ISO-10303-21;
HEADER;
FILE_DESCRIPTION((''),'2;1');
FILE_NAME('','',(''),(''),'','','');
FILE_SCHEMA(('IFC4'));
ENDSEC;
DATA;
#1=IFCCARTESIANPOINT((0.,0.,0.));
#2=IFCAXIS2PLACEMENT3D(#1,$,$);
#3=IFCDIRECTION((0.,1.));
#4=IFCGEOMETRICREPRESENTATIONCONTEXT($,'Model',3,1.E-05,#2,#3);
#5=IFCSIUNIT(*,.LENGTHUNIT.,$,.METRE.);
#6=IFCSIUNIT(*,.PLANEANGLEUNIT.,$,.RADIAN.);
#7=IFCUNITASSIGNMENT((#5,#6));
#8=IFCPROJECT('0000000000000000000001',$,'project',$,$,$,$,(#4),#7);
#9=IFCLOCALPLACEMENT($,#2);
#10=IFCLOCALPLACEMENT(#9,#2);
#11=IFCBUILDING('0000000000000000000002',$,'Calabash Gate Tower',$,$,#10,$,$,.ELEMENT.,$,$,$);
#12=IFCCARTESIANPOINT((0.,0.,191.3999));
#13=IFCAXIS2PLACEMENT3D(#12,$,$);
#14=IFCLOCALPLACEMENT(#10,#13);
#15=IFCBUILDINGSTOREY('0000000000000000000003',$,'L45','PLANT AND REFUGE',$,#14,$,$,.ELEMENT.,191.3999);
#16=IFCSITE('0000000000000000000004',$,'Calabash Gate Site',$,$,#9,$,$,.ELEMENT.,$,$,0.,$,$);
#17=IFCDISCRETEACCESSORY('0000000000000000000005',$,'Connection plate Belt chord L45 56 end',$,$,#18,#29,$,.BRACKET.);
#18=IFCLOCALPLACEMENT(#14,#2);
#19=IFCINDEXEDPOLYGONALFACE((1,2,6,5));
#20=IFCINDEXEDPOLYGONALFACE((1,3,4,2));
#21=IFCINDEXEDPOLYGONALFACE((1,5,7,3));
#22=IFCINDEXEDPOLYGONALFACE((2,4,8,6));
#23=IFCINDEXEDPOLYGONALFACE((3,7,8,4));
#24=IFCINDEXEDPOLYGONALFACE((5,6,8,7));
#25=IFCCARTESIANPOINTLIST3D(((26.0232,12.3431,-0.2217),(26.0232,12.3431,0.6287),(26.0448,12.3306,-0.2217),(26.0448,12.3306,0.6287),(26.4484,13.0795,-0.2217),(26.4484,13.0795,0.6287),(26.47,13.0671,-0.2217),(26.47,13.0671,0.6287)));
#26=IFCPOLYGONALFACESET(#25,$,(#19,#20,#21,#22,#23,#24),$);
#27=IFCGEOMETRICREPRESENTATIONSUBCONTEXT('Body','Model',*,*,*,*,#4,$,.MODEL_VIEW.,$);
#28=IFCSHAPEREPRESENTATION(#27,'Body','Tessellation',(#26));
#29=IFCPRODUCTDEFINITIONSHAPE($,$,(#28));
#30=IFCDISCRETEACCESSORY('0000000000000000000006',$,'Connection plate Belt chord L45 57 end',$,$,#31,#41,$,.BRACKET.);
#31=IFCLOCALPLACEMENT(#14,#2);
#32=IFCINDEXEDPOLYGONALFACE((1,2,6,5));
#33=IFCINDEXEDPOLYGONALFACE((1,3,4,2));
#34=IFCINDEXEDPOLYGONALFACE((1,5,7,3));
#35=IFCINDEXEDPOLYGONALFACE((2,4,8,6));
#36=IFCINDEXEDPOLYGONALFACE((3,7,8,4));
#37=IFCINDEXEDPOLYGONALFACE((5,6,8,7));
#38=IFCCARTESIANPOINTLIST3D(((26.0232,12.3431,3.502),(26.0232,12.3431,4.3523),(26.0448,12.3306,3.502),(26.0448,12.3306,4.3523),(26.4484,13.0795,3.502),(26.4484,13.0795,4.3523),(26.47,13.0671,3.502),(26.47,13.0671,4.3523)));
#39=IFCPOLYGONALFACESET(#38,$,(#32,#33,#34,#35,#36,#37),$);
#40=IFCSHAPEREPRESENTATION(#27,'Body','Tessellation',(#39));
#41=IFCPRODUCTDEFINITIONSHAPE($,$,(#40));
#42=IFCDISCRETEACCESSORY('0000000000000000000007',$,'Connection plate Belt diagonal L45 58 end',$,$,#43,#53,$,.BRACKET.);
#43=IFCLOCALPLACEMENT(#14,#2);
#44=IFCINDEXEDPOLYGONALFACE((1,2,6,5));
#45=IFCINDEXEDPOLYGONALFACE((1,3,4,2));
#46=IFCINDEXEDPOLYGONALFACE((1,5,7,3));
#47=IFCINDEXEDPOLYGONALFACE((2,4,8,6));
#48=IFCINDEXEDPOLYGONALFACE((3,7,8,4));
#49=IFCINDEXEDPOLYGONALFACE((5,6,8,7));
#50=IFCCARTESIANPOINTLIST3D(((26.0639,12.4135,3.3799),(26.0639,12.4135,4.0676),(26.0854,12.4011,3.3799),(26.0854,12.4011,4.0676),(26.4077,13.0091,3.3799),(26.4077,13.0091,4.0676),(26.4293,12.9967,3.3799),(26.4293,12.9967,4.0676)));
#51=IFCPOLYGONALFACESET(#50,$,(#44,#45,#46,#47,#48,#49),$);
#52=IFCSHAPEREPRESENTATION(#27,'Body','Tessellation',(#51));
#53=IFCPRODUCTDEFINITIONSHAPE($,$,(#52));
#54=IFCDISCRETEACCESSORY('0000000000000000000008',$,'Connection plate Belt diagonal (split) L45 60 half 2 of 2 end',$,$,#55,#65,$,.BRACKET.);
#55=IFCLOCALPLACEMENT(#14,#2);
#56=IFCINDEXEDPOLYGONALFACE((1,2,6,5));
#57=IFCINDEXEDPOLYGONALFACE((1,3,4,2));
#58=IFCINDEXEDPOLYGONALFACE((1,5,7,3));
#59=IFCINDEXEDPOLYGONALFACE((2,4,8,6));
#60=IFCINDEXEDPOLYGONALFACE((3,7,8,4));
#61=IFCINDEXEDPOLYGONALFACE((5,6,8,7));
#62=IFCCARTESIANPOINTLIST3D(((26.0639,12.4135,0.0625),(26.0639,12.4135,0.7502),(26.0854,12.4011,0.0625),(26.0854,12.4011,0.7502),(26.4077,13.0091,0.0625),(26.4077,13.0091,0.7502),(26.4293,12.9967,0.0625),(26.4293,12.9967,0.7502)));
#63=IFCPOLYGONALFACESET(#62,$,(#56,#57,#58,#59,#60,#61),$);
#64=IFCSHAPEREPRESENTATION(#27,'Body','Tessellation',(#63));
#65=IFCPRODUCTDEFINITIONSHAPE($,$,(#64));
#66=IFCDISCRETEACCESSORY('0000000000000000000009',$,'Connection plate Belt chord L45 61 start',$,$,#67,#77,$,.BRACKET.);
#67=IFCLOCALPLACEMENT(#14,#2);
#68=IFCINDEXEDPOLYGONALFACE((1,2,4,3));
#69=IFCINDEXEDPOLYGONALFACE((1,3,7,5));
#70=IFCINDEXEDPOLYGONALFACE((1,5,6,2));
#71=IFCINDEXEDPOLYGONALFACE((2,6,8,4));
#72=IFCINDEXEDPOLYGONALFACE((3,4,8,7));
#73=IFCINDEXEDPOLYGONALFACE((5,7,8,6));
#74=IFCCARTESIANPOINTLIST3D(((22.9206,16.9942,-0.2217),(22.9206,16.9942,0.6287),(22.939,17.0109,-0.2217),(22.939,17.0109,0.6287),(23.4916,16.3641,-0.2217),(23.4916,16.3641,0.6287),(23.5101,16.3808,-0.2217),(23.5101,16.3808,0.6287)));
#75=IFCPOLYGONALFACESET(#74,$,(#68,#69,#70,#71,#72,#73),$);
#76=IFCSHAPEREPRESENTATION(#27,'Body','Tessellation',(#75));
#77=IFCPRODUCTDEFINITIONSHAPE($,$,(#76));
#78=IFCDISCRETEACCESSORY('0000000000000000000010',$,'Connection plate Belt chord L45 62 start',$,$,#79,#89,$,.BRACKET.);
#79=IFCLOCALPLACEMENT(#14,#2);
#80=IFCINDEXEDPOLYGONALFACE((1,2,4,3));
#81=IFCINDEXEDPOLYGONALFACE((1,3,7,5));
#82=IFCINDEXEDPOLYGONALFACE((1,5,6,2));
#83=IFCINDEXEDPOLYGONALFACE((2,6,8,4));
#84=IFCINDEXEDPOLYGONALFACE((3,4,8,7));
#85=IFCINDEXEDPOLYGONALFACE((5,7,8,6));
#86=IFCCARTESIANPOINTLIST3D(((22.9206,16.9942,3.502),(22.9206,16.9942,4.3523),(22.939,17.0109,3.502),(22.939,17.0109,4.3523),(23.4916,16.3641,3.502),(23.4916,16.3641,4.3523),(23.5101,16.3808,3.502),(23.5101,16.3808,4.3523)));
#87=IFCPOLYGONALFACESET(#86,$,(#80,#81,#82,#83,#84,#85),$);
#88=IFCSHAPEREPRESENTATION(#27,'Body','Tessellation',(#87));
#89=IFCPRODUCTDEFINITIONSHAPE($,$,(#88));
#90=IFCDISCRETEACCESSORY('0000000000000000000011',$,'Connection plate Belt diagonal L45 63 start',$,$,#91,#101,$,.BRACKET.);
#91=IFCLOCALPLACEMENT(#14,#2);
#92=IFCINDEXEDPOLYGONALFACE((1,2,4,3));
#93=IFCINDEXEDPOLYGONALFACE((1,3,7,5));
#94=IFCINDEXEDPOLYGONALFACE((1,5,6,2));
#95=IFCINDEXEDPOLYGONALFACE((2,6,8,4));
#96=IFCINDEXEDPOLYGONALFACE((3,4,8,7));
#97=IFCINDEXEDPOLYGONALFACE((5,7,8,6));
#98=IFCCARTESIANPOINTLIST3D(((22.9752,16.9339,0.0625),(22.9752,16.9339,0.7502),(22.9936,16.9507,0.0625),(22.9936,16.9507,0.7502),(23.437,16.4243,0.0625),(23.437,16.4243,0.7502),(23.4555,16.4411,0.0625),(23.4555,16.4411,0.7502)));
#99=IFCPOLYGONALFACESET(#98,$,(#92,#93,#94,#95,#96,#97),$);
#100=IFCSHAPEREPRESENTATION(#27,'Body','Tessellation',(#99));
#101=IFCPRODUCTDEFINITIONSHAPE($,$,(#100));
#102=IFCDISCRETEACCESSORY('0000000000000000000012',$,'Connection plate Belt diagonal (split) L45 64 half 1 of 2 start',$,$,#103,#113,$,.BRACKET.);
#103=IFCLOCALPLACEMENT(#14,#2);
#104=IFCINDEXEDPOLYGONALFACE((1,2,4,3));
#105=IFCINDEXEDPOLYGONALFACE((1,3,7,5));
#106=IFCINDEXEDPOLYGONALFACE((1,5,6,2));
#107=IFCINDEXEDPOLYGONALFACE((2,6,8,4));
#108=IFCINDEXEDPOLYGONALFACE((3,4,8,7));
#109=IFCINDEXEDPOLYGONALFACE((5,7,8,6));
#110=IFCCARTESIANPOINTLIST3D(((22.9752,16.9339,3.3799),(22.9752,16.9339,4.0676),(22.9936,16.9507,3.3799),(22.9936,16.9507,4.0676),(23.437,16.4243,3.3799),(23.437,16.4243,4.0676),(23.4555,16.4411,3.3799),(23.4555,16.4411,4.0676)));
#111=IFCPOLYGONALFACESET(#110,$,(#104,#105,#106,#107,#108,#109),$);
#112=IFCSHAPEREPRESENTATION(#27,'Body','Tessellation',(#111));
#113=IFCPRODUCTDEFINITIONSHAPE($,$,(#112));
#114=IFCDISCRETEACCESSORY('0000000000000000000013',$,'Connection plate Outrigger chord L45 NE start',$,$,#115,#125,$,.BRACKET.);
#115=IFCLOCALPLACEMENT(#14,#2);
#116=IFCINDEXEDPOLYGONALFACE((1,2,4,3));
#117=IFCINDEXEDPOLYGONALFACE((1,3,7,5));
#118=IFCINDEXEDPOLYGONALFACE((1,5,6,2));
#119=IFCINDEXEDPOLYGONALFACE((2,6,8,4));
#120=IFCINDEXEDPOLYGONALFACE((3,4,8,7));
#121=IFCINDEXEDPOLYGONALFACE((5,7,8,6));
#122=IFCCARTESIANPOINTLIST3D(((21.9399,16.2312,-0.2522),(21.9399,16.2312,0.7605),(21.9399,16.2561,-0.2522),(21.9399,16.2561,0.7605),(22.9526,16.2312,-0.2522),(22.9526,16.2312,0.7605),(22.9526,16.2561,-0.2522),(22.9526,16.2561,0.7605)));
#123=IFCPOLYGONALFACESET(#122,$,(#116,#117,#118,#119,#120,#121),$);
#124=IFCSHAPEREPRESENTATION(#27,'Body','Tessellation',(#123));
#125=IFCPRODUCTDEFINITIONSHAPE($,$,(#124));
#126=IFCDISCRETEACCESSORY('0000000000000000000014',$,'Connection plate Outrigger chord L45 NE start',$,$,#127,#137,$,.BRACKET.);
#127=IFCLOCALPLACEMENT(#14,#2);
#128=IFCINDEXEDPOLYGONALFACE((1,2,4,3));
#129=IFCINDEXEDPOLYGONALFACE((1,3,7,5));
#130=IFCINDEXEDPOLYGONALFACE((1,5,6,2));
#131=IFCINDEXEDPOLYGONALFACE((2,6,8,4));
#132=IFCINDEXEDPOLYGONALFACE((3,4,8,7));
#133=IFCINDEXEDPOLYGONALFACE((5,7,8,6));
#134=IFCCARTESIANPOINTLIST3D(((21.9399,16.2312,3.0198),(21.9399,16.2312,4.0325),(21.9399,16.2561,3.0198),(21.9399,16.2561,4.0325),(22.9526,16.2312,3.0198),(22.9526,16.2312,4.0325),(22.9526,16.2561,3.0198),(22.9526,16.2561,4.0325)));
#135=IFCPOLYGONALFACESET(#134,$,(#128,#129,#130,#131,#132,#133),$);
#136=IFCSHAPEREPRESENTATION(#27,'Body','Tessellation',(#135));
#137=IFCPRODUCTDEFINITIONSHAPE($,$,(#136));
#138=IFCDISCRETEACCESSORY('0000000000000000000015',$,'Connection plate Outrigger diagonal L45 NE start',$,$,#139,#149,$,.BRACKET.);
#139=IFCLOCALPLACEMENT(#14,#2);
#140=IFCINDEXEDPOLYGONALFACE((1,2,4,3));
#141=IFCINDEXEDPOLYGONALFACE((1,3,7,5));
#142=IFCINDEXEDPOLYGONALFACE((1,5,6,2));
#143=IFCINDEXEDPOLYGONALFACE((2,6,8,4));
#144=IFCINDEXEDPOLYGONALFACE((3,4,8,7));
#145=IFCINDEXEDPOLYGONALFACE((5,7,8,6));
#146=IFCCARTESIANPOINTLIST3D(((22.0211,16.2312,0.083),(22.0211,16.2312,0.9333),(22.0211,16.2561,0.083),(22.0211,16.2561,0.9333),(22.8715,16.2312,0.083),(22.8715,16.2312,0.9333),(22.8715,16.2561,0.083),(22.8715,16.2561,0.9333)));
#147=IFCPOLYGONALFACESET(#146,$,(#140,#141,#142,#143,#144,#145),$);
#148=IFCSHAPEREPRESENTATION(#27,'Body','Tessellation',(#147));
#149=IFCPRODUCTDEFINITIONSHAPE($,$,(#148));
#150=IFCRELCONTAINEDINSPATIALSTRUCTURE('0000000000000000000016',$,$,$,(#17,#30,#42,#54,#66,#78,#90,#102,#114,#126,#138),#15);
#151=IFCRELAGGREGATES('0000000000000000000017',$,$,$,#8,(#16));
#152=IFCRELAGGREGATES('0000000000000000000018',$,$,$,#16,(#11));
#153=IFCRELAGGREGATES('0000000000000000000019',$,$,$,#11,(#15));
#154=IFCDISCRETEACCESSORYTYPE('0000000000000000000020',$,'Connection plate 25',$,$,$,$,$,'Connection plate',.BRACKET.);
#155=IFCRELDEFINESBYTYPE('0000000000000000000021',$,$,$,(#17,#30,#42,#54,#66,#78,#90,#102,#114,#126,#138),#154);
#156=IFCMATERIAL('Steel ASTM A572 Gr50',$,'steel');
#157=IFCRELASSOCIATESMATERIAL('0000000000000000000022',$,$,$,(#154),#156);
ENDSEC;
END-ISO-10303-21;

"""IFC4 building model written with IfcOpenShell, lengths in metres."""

from ifc_helpers import new_model, si_unit, direction, frame, origin, origin_2d, place, context, subcontext, project, spatial, rectangle, extrude, material, type_object, element, save


model = new_model("IFC4")

# Units and contexts
model_context = context("Model", 3, precision=1e-05, world=origin(), true_north=direction((0.0, 1.0)))
body_context = subcontext(model_context, "Body", "Model", "MODEL_VIEW")
ifc_project = project(units=[si_unit("LENGTHUNIT", "METRE"), si_unit("PLANEANGLEUNIT", "RADIAN")], contexts=[model_context])

# Site, building, storey
site_placement = place(None, origin())
site = spatial("IfcSite", under=ifc_project, at=site_placement, Name="Calabash Gate Site", CompositionType="ELEMENT", RefElevation=0.0)
building_placement = place(site_placement, origin())
building = spatial("IfcBuilding", under=site, at=building_placement, Name="Calabash Gate Tower", CompositionType="ELEMENT")
storey_placement = place(building_placement, frame((0.0, 0.0, 191.3999)))
storey = spatial("IfcBuildingStorey", under=building, at=storey_placement, Name="L45", Description="PLANT AND REFUGE", CompositionType="ELEMENT", Elevation=191.3999)

# Discrete accessories
ifc_material_1 = material(Name="Steel ASTM A572 Gr50", Category="steel")
discrete_accessory_type = type_object("IfcDiscreteAccessoryType", Name="Connection plate 25", ElementType="Connection plate", PredefinedType="BRACKET", material=ifc_material_1)
for number, where, z_axis, x_axis, name in (
    (1, (26.2466, 12.7051, -0.2217), (0.0, 0.0, 1.0), (0.5, 0.866025, 0.0), "Connection plate Belt chord L45 56 end"),
    (2, (26.2466, 12.7051, 3.502), (0.0, 0.0, 1.0), (0.5, 0.866025, 0.0), "Connection plate Belt chord L45 57 end"),
):
    element("IfcDiscreteAccessory", number, at=place(storey_placement, frame(where, z_axis=z_axis, x_axis=x_axis)), inside=storey, type_object=discrete_accessory_type, Name=name, PredefinedType="BRACKET", context=body_context, shape_type="SweptSolid", body=[
        extrude(rectangle(XDim=0.8503, YDim=0.0249, at=origin_2d()), origin(), (0.0, 0.0, 1.0), 0.8503),
    ])
for number, where, z_axis, x_axis, name in (
    (3, (26.2466, 12.7051, 3.3799), (0.0, 0.0, 1.0), (0.5, 0.866025, 0.0), "Connection plate Belt diagonal L45 58 end"),
    (4, (26.2466, 12.7051, 0.0625), (0.0, 0.0, 1.0), (0.5, 0.866025, 0.0), "Connection plate Belt diagonal (split) L45 60 half 2 of 2 end"),
):
    element("IfcDiscreteAccessory", number, at=place(storey_placement, frame(where, z_axis=z_axis, x_axis=x_axis)), inside=storey, type_object=discrete_accessory_type, Name=name, PredefinedType="BRACKET", context=body_context, shape_type="SweptSolid", body=[
        extrude(rectangle(XDim=0.6877, YDim=0.0249, at=origin_2d()), origin(), (0.0, 0.0, 1.0), 0.6877),
    ])
for number, where, z_axis, x_axis, name in (
    (5, (23.2153, 16.6875, -0.2217), (0.0, 0.0, 1.0), (-0.671554, 0.740956, 0.0), "Connection plate Belt chord L45 61 start"),
    (6, (23.2153, 16.6875, 3.502), (0.0, 0.0, 1.0), (-0.671554, 0.740956, 0.0), "Connection plate Belt chord L45 62 start"),
):
    element("IfcDiscreteAccessory", number, at=place(storey_placement, frame(where, z_axis=z_axis, x_axis=x_axis)), inside=storey, type_object=discrete_accessory_type, Name=name, PredefinedType="BRACKET", context=body_context, shape_type="SweptSolid", body=[
        extrude(rectangle(XDim=0.8503, YDim=0.0249, at=origin_2d()), origin(), (0.0, 0.0, 1.0), 0.8503),
    ])
for number, where, z_axis, x_axis, name in (
    (7, (23.2153, 16.6875, 0.0625), (0.0, 0.0, 1.0), (-0.671554, 0.740956, 0.0), "Connection plate Belt diagonal L45 63 start"),
    (8, (23.2153, 16.6875, 3.3799), (0.0, 0.0, 1.0), (-0.671554, 0.740956, 0.0), "Connection plate Belt diagonal (split) L45 64 half 1 of 2 start"),
):
    element("IfcDiscreteAccessory", number, at=place(storey_placement, frame(where, z_axis=z_axis, x_axis=x_axis)), inside=storey, type_object=discrete_accessory_type, Name=name, PredefinedType="BRACKET", context=body_context, shape_type="SweptSolid", body=[
        extrude(rectangle(XDim=0.6877, YDim=0.0249, at=origin_2d()), origin(), (0.0, 0.0, 1.0), 0.6877),
    ])
for number, where, z_axis, x_axis, name in (
    (9, (22.4463, 16.2437, -0.2522), (0.0, 0.0, 1.0), (-1.0, 0.0, 0.0), "Connection plate Outrigger chord L45 NE start"),
    (10, (22.4463, 16.2437, 3.0198), (0.0, 0.0, 1.0), (-1.0, 0.0, 0.0), "Connection plate Outrigger chord L45 NE start"),
):
    element("IfcDiscreteAccessory", number, at=place(storey_placement, frame(where, z_axis=z_axis, x_axis=x_axis)), inside=storey, type_object=discrete_accessory_type, Name=name, PredefinedType="BRACKET", context=body_context, shape_type="SweptSolid", body=[
        extrude(rectangle(XDim=1.0127, YDim=0.0249, at=origin_2d()), origin(), (0.0, 0.0, 1.0), 1.0127),
    ])
discrete_accessory_placement = place(storey_placement, frame((22.4463, 16.2437, 0.083), z_axis=(0.0, 0.0, 1.0), x_axis=(-1.0, 0.0, 0.0)))
element("IfcDiscreteAccessory", 11, at=discrete_accessory_placement, inside=storey, type_object=discrete_accessory_type, Name="Connection plate Outrigger diagonal L45 NE start", PredefinedType="BRACKET", context=body_context, shape_type="SweptSolid", body=[
    extrude(rectangle(XDim=0.8503, YDim=0.0249, at=origin_2d()), origin(), (0.0, 0.0, 1.0), 0.8503),
])

save(model, "model.ifc")
